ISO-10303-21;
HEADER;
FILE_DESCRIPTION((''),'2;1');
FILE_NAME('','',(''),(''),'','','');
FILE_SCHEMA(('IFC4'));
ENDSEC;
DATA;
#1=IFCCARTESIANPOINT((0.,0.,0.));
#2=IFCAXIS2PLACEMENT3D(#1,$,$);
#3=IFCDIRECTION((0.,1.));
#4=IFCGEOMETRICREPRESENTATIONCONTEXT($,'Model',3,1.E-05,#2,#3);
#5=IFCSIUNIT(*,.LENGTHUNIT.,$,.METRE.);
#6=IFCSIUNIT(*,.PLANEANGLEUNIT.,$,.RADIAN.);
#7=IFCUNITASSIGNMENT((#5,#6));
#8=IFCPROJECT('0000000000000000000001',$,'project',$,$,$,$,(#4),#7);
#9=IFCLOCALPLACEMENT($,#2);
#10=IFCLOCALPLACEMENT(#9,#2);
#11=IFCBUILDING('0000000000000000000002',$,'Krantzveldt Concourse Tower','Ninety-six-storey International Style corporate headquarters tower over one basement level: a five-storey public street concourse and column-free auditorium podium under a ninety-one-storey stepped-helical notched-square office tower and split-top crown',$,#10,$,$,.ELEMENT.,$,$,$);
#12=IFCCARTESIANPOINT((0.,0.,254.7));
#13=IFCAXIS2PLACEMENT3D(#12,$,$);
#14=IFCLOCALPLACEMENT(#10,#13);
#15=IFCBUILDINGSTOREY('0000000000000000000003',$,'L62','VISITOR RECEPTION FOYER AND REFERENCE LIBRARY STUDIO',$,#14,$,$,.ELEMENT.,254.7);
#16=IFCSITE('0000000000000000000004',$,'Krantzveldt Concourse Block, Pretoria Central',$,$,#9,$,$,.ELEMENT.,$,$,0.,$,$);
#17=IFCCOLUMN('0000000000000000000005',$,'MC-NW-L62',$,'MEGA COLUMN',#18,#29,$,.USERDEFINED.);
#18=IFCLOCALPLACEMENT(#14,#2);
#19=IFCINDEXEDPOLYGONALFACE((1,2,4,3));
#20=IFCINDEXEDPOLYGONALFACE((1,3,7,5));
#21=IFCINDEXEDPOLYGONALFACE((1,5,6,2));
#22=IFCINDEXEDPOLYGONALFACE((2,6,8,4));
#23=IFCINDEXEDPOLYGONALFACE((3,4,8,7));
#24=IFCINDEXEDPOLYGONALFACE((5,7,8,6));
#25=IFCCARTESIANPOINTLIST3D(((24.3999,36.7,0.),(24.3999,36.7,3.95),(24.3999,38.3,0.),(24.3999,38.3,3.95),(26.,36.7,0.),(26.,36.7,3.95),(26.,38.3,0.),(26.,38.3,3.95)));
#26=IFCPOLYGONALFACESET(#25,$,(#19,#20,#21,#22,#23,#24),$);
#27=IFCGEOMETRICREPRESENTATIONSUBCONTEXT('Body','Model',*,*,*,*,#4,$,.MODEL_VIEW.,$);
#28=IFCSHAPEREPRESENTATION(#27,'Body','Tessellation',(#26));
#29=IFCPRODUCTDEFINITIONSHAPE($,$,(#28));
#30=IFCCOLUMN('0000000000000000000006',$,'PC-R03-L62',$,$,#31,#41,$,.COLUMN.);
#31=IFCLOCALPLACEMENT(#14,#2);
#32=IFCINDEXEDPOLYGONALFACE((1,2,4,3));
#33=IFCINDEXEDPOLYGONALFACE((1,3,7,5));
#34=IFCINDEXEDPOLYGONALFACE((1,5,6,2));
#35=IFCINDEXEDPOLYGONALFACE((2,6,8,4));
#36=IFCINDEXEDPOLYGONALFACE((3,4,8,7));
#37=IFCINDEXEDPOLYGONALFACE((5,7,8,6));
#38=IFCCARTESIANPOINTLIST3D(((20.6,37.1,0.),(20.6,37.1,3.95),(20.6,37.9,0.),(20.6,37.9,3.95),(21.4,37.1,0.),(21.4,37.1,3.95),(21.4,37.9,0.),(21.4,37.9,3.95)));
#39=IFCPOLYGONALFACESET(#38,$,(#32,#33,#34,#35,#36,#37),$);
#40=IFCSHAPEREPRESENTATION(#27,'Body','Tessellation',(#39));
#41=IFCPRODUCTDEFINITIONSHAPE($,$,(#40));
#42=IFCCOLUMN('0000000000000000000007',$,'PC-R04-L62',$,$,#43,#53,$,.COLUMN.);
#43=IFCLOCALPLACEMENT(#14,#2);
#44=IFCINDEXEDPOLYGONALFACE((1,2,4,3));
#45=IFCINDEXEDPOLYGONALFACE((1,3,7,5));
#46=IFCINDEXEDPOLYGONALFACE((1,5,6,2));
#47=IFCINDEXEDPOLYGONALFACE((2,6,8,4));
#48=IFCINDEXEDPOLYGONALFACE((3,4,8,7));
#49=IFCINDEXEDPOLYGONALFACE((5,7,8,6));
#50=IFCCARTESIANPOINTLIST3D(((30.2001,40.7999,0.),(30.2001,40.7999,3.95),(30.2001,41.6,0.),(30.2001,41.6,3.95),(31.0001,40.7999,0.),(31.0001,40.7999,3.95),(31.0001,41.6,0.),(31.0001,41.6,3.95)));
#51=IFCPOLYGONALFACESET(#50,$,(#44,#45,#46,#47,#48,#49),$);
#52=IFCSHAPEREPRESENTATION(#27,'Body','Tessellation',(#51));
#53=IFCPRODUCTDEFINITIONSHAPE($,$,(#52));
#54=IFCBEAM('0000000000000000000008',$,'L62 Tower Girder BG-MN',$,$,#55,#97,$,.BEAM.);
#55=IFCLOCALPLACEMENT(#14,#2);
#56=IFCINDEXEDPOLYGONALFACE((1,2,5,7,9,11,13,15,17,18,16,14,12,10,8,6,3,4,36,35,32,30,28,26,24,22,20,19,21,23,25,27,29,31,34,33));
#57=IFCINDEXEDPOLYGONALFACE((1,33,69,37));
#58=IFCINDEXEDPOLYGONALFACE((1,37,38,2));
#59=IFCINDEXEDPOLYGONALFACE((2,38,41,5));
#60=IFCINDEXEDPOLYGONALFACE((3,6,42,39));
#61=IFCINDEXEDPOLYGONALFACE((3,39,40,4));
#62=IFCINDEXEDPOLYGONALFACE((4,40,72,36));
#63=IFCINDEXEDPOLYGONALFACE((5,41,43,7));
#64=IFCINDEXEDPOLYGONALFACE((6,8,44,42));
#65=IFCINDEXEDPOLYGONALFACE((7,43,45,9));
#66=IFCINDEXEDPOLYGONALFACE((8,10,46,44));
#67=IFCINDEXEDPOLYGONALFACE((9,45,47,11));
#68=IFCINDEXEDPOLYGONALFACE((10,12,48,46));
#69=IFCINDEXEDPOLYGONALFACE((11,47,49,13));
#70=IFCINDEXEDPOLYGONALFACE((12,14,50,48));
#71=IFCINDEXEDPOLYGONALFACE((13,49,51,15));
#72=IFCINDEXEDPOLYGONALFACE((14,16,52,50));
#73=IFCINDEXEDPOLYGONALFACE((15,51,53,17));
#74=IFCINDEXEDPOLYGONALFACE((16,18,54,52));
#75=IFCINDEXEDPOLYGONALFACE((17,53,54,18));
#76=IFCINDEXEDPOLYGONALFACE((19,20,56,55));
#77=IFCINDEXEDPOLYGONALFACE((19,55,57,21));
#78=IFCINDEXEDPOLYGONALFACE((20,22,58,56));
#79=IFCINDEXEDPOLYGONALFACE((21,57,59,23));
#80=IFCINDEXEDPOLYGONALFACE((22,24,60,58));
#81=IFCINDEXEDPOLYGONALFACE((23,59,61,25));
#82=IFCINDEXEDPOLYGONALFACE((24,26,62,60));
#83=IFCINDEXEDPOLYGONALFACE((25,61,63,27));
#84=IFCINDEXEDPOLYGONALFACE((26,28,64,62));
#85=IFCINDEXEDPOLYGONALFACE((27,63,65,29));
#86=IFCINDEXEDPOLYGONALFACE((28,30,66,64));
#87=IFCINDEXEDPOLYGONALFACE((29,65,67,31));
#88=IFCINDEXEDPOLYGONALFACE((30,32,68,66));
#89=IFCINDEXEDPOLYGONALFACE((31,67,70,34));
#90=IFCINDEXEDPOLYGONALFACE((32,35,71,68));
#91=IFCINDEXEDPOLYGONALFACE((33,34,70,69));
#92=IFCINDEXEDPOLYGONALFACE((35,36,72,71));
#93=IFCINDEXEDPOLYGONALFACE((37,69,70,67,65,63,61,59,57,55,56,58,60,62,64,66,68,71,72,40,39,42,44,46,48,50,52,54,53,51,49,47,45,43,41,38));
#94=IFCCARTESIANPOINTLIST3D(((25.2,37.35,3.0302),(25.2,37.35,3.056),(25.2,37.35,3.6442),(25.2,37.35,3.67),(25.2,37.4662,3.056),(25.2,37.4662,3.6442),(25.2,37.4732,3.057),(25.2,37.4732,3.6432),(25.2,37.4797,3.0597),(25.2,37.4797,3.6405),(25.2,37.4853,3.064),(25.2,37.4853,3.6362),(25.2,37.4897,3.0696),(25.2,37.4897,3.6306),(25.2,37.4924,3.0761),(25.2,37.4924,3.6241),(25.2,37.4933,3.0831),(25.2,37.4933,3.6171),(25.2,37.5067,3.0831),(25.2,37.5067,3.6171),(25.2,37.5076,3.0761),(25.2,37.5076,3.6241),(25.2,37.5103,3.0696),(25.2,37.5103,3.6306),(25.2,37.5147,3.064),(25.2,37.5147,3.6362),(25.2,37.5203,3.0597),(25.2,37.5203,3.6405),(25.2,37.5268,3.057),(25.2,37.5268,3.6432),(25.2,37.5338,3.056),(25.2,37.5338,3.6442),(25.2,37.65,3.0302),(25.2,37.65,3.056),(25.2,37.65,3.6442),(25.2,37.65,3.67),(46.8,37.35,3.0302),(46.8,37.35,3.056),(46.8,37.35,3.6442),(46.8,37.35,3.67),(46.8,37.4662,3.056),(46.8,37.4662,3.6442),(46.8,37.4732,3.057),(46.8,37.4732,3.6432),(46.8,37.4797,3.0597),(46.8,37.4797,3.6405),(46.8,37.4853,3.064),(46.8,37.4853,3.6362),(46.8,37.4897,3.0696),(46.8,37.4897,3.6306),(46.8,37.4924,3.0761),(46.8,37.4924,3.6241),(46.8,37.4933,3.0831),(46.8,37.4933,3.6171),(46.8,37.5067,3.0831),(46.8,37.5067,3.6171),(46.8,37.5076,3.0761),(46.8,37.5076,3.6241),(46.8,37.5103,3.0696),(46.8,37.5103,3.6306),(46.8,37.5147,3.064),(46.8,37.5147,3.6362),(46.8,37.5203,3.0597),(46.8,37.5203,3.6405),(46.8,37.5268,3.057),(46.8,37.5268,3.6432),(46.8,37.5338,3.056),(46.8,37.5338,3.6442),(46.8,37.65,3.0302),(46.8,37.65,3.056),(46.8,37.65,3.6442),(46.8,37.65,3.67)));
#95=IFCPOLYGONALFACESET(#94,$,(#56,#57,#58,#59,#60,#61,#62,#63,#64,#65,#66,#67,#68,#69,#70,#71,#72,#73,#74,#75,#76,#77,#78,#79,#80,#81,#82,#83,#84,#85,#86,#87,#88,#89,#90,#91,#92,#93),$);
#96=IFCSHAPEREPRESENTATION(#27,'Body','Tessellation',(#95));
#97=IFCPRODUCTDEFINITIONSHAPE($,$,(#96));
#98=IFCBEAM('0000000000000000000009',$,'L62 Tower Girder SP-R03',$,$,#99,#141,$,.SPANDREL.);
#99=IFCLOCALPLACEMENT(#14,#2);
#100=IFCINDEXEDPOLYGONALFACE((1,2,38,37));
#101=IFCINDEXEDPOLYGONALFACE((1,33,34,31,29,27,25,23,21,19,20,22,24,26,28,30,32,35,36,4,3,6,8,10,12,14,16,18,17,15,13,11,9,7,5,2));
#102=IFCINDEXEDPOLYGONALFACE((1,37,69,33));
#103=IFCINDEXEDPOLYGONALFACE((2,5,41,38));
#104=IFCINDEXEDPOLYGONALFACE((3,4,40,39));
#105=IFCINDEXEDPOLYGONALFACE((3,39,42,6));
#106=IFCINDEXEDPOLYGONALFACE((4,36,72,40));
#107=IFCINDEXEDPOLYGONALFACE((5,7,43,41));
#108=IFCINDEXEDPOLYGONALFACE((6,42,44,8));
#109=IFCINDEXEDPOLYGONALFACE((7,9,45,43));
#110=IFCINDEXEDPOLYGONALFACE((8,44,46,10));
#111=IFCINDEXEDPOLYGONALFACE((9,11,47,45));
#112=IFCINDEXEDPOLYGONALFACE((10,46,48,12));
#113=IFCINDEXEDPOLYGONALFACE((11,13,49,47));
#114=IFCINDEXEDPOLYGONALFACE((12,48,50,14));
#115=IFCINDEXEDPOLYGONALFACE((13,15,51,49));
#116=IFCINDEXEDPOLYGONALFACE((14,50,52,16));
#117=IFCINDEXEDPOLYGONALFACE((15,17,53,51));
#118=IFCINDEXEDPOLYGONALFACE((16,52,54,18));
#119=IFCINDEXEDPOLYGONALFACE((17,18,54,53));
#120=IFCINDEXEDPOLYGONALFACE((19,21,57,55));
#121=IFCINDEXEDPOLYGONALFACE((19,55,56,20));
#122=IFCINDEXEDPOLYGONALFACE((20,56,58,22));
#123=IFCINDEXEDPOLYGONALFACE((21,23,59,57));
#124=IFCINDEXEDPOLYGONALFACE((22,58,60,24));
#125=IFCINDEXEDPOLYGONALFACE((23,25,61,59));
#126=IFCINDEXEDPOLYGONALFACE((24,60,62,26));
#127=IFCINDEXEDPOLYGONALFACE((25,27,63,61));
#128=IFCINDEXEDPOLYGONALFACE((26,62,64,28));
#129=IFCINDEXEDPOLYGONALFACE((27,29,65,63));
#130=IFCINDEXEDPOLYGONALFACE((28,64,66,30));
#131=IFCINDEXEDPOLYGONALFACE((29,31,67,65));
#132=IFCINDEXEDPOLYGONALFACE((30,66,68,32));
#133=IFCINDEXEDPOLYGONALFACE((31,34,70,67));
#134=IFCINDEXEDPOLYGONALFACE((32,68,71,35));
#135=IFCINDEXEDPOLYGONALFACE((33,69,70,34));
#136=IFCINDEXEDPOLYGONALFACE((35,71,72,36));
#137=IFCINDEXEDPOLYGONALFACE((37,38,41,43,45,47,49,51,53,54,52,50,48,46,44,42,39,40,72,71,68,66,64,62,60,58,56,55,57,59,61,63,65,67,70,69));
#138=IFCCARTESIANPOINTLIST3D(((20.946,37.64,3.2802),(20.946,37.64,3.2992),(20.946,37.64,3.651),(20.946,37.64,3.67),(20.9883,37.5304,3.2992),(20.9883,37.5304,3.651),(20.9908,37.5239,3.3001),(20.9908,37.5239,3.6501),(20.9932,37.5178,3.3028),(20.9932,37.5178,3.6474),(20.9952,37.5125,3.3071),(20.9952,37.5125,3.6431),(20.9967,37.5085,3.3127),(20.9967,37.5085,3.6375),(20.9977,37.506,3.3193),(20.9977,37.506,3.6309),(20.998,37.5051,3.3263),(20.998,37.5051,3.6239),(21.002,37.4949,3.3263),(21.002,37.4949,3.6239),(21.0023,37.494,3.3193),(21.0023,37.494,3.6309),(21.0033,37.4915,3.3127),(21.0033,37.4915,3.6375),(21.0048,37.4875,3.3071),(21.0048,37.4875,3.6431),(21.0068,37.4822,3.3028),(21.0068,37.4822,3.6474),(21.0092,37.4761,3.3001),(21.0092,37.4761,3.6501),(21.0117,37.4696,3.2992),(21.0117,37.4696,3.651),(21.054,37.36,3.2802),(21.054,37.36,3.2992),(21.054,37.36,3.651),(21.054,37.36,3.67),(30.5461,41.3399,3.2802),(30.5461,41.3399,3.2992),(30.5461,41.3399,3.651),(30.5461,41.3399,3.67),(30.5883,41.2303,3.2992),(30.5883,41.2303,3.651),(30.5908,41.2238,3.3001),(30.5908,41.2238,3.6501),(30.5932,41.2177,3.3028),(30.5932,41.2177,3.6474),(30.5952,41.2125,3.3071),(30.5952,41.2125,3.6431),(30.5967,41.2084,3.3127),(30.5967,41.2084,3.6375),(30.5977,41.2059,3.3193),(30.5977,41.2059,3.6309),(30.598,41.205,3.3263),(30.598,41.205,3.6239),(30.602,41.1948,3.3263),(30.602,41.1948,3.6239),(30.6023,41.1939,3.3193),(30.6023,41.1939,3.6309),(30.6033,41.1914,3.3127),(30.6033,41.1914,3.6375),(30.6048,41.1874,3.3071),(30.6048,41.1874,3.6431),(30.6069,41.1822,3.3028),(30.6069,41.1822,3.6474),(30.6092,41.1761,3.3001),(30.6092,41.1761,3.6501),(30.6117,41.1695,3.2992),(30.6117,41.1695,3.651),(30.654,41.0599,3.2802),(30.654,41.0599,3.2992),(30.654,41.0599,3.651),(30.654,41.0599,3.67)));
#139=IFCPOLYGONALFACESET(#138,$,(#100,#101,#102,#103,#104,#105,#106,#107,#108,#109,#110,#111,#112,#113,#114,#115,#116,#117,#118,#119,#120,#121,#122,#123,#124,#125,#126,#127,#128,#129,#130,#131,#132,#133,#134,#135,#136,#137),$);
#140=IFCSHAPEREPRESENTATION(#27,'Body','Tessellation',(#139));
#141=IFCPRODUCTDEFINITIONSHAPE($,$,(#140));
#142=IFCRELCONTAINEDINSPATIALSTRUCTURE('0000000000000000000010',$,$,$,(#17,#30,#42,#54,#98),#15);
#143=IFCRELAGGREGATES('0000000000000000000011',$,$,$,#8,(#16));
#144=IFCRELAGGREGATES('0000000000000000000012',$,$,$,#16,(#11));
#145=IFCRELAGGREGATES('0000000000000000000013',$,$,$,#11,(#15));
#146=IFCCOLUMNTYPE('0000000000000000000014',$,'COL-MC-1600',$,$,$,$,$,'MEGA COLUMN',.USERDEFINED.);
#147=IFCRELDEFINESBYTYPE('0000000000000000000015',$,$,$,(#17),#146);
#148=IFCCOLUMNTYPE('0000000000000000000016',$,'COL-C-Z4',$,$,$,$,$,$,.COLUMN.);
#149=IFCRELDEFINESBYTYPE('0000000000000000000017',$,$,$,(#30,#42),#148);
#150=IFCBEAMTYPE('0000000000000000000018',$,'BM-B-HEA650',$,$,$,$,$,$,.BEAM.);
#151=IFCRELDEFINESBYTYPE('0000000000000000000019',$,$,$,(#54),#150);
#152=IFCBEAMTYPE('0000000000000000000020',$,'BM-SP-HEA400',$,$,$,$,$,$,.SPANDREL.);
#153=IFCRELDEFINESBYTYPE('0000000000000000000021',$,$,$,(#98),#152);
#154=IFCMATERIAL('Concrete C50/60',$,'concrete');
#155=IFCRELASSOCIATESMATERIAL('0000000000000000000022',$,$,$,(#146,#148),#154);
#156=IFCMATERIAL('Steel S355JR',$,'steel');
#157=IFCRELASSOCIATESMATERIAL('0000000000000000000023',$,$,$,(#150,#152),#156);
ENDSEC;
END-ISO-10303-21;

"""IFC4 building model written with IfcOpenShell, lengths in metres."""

from ifc_helpers import new_model, si_unit, direction, frame, origin, origin_2d, place, context, subcontext, project, spatial, rectangle, i_section, extrude, source, transform, mapped, material, material_profile, profile_set, type_object, type_shapes, element, save


model = new_model("IFC4")

# Units and contexts
model_context = context("Model", 3, precision=1e-05, world=origin(), true_north=direction((0.0, 1.0)))
body_context = subcontext(model_context, "Body", "Model", "MODEL_VIEW")
ifc_project = project(units=[si_unit("LENGTHUNIT", "METRE"), si_unit("PLANEANGLEUNIT", "RADIAN")], contexts=[model_context])

# Site, building, storey
site_placement = place(None, origin())
site = spatial("IfcSite", under=ifc_project, at=site_placement, Name="Krantzveldt Concourse Block, Pretoria Central", CompositionType="ELEMENT", RefElevation=0.0)
building_placement = place(site_placement, origin())
building = spatial("IfcBuilding", under=site, at=building_placement, Name="Krantzveldt Concourse Tower", Description="Ninety-six-storey International Style corporate headquarters tower over one basement level: a five-storey public street concourse and column-free auditorium podium under a ninety-one-storey stepped-helical notched-square office tower and split-top crown", CompositionType="ELEMENT")
storey_placement = place(building_placement, frame((0.0, 0.0, 254.7)))
storey = spatial("IfcBuildingStorey", under=building, at=storey_placement, Name="L62", Description="VISITOR RECEPTION FOYER AND REFERENCE LIBRARY STUDIO", CompositionType="ELEMENT", Elevation=254.7)

# Columns
ifc_material_1 = material(Name="Concrete C50/60", Category="concrete")
ifc_material_profile_1 = material_profile(ifc_material_1, rectangle(XDim=1.6001, YDim=1.6001, at=origin_2d()), Name="Concrete C50/60", Category="concrete")
ifc_profile_set_1 = profile_set([ifc_material_profile_1], Name="Concrete C50/60 - RC 1600x1600")
column_type_1 = type_object("IfcColumnType", Name="COL-MC-1600", ElementType="MEGA COLUMN", PredefinedType="USERDEFINED", material=ifc_profile_set_1)
shared_shape_1 = source(origin(), body_context, "Body", "SweptSolid", [
    extrude(rectangle(XDim=1.6001, YDim=1.6001, at=origin_2d()), origin(), (0.0, 0.0, 1.0), 3.95),
])
type_shapes(column_type_1, [shared_shape_1])
column_placement = place(storey_placement, frame((25.2, 37.5, 0.0), z_axis=(0.0, 0.0, 1.0), x_axis=(1.0, 0.0, 0.0)))
element("IfcColumn", 1, at=column_placement, inside=storey, type_object=column_type_1, Name="MC-NW-L62", ObjectType="MEGA COLUMN", PredefinedType="USERDEFINED", context=body_context, shape_type="MappedRepresentation", body=[
    mapped(shared_shape_1, transform((0.0, 0.0, 0.0), x_axis=(1.0, 0.0, 0.0), y_axis=(0.0, 1.0, 0.0), z_axis=(0.0, 0.0, 1.0), scale=1.0)),
])
ifc_material_profile_2 = material_profile(ifc_material_1, rectangle(XDim=0.8, YDim=0.8, at=origin_2d()), Name="Concrete C50/60", Category="concrete")
ifc_profile_set_2 = profile_set([ifc_material_profile_2], Name="Concrete C50/60 - RC 800x800")
column_type_2 = type_object("IfcColumnType", Name="COL-C-Z4", PredefinedType="COLUMN", material=ifc_profile_set_2)
shared_shape_2 = source(origin(), body_context, "Body", "SweptSolid", [
    extrude(rectangle(XDim=0.8, YDim=0.8, at=origin_2d()), origin(), (0.0, 0.0, 1.0), 3.95),
])
type_shapes(column_type_2, [shared_shape_2])
for number, where, z_axis, x_axis, name in (
    (2, (21.0, 37.5, 0.0), (0.0, 0.0, 1.0), (1.0, 0.0, 0.0), "PC-R03-L62"),
    (3, (30.6001, 41.2, 0.0), (0.0, 0.0, 1.0), (1.0, 0.0, 0.0), "PC-R04-L62"),
):
    element("IfcColumn", number, at=place(storey_placement, frame(where, z_axis=z_axis, x_axis=x_axis)), inside=storey, type_object=column_type_2, Name=name, PredefinedType="COLUMN", context=body_context, shape_type="MappedRepresentation", body=[
        mapped(shared_shape_2, transform((0.0, 0.0, 0.0), x_axis=(1.0, 0.0, 0.0), y_axis=(0.0, 1.0, 0.0), z_axis=(0.0, 0.0, 1.0), scale=1.0)),
    ])

# Beams
ifc_material_2 = material(Name="Steel S355JR", Category="steel")
ifc_material_profile_3 = material_profile(ifc_material_2, i_section(OverallWidth=0.3, OverallDepth=0.6399, WebThickness=0.0134, FlangeThickness=0.0259, FilletRadius=0.0271, at=origin_2d()), Name="Steel S355JR", Category="steel")
ifc_profile_set_3 = profile_set([ifc_material_profile_3], Name="Steel S355JR - HEA 650")
beam_type_1 = type_object("IfcBeamType", Name="BM-B-HEA650", PredefinedType="BEAM", material=ifc_profile_set_3)
shared_shape_3 = source(origin(), body_context, "Body", "SweptSolid", [
    extrude(i_section(OverallWidth=0.3, OverallDepth=0.6399, WebThickness=0.0134, FlangeThickness=0.0259, FilletRadius=0.0271, at=origin_2d()), origin(), (0.0, 0.0, 1.0), 21.6001),
])
type_shapes(beam_type_1, [shared_shape_3])
beam_1_placement = place(storey_placement, frame((25.2, 37.5, 3.3501), z_axis=(1.0, 0.0, 0.0), x_axis=(0.0, 1.0, 0.0)))
element("IfcBeam", 4, at=beam_1_placement, inside=storey, type_object=beam_type_1, Name="L62 Tower Girder BG-MN", PredefinedType="BEAM", context=body_context, shape_type="MappedRepresentation", body=[
    mapped(shared_shape_3, transform((0.0, 0.0, 0.0), x_axis=(1.0, 0.0, 0.0), y_axis=(0.0, 1.0, 0.0), z_axis=(0.0, 0.0, 1.0), scale=1.0)),
])
ifc_material_profile_4 = material_profile(ifc_material_2, i_section(OverallWidth=0.3, OverallDepth=0.3899, WebThickness=0.011, FlangeThickness=0.019, FilletRadius=0.0271, at=origin_2d()), Name="Steel S355JR", Category="steel")
ifc_profile_set_4 = profile_set([ifc_material_profile_4], Name="Steel S355JR - HEA 400")
beam_type_2 = type_object("IfcBeamType", Name="BM-SP-HEA400", PredefinedType="SPANDREL", material=ifc_profile_set_4)
shared_shape_4 = source(origin(), body_context, "Body", "SweptSolid", [
    extrude(i_section(OverallWidth=0.3, OverallDepth=0.3899, WebThickness=0.011, FlangeThickness=0.019, FilletRadius=0.0271, at=origin_2d()), origin(), (0.0, 0.0, 1.0), 10.2883),
])
beam_2_placement = place(storey_placement, frame((21.0, 37.5, 3.4751), z_axis=(0.933098, 0.359623, 0.0), x_axis=(-0.359623, 0.933098, 0.0)))
element("IfcBeam", 5, at=beam_2_placement, inside=storey, type_object=beam_type_2, Name="L62 Tower Girder SP-R03", PredefinedType="SPANDREL", context=body_context, shape_type="MappedRepresentation", body=[
    mapped(shared_shape_4, transform((0.0, 0.0, 0.0), x_axis=(1.0, 0.0, 0.0), y_axis=(0.0, 1.0, 0.0), z_axis=(0.0, 0.0, 1.0), scale=1.0)),
])

save(model, "model.ifc")
